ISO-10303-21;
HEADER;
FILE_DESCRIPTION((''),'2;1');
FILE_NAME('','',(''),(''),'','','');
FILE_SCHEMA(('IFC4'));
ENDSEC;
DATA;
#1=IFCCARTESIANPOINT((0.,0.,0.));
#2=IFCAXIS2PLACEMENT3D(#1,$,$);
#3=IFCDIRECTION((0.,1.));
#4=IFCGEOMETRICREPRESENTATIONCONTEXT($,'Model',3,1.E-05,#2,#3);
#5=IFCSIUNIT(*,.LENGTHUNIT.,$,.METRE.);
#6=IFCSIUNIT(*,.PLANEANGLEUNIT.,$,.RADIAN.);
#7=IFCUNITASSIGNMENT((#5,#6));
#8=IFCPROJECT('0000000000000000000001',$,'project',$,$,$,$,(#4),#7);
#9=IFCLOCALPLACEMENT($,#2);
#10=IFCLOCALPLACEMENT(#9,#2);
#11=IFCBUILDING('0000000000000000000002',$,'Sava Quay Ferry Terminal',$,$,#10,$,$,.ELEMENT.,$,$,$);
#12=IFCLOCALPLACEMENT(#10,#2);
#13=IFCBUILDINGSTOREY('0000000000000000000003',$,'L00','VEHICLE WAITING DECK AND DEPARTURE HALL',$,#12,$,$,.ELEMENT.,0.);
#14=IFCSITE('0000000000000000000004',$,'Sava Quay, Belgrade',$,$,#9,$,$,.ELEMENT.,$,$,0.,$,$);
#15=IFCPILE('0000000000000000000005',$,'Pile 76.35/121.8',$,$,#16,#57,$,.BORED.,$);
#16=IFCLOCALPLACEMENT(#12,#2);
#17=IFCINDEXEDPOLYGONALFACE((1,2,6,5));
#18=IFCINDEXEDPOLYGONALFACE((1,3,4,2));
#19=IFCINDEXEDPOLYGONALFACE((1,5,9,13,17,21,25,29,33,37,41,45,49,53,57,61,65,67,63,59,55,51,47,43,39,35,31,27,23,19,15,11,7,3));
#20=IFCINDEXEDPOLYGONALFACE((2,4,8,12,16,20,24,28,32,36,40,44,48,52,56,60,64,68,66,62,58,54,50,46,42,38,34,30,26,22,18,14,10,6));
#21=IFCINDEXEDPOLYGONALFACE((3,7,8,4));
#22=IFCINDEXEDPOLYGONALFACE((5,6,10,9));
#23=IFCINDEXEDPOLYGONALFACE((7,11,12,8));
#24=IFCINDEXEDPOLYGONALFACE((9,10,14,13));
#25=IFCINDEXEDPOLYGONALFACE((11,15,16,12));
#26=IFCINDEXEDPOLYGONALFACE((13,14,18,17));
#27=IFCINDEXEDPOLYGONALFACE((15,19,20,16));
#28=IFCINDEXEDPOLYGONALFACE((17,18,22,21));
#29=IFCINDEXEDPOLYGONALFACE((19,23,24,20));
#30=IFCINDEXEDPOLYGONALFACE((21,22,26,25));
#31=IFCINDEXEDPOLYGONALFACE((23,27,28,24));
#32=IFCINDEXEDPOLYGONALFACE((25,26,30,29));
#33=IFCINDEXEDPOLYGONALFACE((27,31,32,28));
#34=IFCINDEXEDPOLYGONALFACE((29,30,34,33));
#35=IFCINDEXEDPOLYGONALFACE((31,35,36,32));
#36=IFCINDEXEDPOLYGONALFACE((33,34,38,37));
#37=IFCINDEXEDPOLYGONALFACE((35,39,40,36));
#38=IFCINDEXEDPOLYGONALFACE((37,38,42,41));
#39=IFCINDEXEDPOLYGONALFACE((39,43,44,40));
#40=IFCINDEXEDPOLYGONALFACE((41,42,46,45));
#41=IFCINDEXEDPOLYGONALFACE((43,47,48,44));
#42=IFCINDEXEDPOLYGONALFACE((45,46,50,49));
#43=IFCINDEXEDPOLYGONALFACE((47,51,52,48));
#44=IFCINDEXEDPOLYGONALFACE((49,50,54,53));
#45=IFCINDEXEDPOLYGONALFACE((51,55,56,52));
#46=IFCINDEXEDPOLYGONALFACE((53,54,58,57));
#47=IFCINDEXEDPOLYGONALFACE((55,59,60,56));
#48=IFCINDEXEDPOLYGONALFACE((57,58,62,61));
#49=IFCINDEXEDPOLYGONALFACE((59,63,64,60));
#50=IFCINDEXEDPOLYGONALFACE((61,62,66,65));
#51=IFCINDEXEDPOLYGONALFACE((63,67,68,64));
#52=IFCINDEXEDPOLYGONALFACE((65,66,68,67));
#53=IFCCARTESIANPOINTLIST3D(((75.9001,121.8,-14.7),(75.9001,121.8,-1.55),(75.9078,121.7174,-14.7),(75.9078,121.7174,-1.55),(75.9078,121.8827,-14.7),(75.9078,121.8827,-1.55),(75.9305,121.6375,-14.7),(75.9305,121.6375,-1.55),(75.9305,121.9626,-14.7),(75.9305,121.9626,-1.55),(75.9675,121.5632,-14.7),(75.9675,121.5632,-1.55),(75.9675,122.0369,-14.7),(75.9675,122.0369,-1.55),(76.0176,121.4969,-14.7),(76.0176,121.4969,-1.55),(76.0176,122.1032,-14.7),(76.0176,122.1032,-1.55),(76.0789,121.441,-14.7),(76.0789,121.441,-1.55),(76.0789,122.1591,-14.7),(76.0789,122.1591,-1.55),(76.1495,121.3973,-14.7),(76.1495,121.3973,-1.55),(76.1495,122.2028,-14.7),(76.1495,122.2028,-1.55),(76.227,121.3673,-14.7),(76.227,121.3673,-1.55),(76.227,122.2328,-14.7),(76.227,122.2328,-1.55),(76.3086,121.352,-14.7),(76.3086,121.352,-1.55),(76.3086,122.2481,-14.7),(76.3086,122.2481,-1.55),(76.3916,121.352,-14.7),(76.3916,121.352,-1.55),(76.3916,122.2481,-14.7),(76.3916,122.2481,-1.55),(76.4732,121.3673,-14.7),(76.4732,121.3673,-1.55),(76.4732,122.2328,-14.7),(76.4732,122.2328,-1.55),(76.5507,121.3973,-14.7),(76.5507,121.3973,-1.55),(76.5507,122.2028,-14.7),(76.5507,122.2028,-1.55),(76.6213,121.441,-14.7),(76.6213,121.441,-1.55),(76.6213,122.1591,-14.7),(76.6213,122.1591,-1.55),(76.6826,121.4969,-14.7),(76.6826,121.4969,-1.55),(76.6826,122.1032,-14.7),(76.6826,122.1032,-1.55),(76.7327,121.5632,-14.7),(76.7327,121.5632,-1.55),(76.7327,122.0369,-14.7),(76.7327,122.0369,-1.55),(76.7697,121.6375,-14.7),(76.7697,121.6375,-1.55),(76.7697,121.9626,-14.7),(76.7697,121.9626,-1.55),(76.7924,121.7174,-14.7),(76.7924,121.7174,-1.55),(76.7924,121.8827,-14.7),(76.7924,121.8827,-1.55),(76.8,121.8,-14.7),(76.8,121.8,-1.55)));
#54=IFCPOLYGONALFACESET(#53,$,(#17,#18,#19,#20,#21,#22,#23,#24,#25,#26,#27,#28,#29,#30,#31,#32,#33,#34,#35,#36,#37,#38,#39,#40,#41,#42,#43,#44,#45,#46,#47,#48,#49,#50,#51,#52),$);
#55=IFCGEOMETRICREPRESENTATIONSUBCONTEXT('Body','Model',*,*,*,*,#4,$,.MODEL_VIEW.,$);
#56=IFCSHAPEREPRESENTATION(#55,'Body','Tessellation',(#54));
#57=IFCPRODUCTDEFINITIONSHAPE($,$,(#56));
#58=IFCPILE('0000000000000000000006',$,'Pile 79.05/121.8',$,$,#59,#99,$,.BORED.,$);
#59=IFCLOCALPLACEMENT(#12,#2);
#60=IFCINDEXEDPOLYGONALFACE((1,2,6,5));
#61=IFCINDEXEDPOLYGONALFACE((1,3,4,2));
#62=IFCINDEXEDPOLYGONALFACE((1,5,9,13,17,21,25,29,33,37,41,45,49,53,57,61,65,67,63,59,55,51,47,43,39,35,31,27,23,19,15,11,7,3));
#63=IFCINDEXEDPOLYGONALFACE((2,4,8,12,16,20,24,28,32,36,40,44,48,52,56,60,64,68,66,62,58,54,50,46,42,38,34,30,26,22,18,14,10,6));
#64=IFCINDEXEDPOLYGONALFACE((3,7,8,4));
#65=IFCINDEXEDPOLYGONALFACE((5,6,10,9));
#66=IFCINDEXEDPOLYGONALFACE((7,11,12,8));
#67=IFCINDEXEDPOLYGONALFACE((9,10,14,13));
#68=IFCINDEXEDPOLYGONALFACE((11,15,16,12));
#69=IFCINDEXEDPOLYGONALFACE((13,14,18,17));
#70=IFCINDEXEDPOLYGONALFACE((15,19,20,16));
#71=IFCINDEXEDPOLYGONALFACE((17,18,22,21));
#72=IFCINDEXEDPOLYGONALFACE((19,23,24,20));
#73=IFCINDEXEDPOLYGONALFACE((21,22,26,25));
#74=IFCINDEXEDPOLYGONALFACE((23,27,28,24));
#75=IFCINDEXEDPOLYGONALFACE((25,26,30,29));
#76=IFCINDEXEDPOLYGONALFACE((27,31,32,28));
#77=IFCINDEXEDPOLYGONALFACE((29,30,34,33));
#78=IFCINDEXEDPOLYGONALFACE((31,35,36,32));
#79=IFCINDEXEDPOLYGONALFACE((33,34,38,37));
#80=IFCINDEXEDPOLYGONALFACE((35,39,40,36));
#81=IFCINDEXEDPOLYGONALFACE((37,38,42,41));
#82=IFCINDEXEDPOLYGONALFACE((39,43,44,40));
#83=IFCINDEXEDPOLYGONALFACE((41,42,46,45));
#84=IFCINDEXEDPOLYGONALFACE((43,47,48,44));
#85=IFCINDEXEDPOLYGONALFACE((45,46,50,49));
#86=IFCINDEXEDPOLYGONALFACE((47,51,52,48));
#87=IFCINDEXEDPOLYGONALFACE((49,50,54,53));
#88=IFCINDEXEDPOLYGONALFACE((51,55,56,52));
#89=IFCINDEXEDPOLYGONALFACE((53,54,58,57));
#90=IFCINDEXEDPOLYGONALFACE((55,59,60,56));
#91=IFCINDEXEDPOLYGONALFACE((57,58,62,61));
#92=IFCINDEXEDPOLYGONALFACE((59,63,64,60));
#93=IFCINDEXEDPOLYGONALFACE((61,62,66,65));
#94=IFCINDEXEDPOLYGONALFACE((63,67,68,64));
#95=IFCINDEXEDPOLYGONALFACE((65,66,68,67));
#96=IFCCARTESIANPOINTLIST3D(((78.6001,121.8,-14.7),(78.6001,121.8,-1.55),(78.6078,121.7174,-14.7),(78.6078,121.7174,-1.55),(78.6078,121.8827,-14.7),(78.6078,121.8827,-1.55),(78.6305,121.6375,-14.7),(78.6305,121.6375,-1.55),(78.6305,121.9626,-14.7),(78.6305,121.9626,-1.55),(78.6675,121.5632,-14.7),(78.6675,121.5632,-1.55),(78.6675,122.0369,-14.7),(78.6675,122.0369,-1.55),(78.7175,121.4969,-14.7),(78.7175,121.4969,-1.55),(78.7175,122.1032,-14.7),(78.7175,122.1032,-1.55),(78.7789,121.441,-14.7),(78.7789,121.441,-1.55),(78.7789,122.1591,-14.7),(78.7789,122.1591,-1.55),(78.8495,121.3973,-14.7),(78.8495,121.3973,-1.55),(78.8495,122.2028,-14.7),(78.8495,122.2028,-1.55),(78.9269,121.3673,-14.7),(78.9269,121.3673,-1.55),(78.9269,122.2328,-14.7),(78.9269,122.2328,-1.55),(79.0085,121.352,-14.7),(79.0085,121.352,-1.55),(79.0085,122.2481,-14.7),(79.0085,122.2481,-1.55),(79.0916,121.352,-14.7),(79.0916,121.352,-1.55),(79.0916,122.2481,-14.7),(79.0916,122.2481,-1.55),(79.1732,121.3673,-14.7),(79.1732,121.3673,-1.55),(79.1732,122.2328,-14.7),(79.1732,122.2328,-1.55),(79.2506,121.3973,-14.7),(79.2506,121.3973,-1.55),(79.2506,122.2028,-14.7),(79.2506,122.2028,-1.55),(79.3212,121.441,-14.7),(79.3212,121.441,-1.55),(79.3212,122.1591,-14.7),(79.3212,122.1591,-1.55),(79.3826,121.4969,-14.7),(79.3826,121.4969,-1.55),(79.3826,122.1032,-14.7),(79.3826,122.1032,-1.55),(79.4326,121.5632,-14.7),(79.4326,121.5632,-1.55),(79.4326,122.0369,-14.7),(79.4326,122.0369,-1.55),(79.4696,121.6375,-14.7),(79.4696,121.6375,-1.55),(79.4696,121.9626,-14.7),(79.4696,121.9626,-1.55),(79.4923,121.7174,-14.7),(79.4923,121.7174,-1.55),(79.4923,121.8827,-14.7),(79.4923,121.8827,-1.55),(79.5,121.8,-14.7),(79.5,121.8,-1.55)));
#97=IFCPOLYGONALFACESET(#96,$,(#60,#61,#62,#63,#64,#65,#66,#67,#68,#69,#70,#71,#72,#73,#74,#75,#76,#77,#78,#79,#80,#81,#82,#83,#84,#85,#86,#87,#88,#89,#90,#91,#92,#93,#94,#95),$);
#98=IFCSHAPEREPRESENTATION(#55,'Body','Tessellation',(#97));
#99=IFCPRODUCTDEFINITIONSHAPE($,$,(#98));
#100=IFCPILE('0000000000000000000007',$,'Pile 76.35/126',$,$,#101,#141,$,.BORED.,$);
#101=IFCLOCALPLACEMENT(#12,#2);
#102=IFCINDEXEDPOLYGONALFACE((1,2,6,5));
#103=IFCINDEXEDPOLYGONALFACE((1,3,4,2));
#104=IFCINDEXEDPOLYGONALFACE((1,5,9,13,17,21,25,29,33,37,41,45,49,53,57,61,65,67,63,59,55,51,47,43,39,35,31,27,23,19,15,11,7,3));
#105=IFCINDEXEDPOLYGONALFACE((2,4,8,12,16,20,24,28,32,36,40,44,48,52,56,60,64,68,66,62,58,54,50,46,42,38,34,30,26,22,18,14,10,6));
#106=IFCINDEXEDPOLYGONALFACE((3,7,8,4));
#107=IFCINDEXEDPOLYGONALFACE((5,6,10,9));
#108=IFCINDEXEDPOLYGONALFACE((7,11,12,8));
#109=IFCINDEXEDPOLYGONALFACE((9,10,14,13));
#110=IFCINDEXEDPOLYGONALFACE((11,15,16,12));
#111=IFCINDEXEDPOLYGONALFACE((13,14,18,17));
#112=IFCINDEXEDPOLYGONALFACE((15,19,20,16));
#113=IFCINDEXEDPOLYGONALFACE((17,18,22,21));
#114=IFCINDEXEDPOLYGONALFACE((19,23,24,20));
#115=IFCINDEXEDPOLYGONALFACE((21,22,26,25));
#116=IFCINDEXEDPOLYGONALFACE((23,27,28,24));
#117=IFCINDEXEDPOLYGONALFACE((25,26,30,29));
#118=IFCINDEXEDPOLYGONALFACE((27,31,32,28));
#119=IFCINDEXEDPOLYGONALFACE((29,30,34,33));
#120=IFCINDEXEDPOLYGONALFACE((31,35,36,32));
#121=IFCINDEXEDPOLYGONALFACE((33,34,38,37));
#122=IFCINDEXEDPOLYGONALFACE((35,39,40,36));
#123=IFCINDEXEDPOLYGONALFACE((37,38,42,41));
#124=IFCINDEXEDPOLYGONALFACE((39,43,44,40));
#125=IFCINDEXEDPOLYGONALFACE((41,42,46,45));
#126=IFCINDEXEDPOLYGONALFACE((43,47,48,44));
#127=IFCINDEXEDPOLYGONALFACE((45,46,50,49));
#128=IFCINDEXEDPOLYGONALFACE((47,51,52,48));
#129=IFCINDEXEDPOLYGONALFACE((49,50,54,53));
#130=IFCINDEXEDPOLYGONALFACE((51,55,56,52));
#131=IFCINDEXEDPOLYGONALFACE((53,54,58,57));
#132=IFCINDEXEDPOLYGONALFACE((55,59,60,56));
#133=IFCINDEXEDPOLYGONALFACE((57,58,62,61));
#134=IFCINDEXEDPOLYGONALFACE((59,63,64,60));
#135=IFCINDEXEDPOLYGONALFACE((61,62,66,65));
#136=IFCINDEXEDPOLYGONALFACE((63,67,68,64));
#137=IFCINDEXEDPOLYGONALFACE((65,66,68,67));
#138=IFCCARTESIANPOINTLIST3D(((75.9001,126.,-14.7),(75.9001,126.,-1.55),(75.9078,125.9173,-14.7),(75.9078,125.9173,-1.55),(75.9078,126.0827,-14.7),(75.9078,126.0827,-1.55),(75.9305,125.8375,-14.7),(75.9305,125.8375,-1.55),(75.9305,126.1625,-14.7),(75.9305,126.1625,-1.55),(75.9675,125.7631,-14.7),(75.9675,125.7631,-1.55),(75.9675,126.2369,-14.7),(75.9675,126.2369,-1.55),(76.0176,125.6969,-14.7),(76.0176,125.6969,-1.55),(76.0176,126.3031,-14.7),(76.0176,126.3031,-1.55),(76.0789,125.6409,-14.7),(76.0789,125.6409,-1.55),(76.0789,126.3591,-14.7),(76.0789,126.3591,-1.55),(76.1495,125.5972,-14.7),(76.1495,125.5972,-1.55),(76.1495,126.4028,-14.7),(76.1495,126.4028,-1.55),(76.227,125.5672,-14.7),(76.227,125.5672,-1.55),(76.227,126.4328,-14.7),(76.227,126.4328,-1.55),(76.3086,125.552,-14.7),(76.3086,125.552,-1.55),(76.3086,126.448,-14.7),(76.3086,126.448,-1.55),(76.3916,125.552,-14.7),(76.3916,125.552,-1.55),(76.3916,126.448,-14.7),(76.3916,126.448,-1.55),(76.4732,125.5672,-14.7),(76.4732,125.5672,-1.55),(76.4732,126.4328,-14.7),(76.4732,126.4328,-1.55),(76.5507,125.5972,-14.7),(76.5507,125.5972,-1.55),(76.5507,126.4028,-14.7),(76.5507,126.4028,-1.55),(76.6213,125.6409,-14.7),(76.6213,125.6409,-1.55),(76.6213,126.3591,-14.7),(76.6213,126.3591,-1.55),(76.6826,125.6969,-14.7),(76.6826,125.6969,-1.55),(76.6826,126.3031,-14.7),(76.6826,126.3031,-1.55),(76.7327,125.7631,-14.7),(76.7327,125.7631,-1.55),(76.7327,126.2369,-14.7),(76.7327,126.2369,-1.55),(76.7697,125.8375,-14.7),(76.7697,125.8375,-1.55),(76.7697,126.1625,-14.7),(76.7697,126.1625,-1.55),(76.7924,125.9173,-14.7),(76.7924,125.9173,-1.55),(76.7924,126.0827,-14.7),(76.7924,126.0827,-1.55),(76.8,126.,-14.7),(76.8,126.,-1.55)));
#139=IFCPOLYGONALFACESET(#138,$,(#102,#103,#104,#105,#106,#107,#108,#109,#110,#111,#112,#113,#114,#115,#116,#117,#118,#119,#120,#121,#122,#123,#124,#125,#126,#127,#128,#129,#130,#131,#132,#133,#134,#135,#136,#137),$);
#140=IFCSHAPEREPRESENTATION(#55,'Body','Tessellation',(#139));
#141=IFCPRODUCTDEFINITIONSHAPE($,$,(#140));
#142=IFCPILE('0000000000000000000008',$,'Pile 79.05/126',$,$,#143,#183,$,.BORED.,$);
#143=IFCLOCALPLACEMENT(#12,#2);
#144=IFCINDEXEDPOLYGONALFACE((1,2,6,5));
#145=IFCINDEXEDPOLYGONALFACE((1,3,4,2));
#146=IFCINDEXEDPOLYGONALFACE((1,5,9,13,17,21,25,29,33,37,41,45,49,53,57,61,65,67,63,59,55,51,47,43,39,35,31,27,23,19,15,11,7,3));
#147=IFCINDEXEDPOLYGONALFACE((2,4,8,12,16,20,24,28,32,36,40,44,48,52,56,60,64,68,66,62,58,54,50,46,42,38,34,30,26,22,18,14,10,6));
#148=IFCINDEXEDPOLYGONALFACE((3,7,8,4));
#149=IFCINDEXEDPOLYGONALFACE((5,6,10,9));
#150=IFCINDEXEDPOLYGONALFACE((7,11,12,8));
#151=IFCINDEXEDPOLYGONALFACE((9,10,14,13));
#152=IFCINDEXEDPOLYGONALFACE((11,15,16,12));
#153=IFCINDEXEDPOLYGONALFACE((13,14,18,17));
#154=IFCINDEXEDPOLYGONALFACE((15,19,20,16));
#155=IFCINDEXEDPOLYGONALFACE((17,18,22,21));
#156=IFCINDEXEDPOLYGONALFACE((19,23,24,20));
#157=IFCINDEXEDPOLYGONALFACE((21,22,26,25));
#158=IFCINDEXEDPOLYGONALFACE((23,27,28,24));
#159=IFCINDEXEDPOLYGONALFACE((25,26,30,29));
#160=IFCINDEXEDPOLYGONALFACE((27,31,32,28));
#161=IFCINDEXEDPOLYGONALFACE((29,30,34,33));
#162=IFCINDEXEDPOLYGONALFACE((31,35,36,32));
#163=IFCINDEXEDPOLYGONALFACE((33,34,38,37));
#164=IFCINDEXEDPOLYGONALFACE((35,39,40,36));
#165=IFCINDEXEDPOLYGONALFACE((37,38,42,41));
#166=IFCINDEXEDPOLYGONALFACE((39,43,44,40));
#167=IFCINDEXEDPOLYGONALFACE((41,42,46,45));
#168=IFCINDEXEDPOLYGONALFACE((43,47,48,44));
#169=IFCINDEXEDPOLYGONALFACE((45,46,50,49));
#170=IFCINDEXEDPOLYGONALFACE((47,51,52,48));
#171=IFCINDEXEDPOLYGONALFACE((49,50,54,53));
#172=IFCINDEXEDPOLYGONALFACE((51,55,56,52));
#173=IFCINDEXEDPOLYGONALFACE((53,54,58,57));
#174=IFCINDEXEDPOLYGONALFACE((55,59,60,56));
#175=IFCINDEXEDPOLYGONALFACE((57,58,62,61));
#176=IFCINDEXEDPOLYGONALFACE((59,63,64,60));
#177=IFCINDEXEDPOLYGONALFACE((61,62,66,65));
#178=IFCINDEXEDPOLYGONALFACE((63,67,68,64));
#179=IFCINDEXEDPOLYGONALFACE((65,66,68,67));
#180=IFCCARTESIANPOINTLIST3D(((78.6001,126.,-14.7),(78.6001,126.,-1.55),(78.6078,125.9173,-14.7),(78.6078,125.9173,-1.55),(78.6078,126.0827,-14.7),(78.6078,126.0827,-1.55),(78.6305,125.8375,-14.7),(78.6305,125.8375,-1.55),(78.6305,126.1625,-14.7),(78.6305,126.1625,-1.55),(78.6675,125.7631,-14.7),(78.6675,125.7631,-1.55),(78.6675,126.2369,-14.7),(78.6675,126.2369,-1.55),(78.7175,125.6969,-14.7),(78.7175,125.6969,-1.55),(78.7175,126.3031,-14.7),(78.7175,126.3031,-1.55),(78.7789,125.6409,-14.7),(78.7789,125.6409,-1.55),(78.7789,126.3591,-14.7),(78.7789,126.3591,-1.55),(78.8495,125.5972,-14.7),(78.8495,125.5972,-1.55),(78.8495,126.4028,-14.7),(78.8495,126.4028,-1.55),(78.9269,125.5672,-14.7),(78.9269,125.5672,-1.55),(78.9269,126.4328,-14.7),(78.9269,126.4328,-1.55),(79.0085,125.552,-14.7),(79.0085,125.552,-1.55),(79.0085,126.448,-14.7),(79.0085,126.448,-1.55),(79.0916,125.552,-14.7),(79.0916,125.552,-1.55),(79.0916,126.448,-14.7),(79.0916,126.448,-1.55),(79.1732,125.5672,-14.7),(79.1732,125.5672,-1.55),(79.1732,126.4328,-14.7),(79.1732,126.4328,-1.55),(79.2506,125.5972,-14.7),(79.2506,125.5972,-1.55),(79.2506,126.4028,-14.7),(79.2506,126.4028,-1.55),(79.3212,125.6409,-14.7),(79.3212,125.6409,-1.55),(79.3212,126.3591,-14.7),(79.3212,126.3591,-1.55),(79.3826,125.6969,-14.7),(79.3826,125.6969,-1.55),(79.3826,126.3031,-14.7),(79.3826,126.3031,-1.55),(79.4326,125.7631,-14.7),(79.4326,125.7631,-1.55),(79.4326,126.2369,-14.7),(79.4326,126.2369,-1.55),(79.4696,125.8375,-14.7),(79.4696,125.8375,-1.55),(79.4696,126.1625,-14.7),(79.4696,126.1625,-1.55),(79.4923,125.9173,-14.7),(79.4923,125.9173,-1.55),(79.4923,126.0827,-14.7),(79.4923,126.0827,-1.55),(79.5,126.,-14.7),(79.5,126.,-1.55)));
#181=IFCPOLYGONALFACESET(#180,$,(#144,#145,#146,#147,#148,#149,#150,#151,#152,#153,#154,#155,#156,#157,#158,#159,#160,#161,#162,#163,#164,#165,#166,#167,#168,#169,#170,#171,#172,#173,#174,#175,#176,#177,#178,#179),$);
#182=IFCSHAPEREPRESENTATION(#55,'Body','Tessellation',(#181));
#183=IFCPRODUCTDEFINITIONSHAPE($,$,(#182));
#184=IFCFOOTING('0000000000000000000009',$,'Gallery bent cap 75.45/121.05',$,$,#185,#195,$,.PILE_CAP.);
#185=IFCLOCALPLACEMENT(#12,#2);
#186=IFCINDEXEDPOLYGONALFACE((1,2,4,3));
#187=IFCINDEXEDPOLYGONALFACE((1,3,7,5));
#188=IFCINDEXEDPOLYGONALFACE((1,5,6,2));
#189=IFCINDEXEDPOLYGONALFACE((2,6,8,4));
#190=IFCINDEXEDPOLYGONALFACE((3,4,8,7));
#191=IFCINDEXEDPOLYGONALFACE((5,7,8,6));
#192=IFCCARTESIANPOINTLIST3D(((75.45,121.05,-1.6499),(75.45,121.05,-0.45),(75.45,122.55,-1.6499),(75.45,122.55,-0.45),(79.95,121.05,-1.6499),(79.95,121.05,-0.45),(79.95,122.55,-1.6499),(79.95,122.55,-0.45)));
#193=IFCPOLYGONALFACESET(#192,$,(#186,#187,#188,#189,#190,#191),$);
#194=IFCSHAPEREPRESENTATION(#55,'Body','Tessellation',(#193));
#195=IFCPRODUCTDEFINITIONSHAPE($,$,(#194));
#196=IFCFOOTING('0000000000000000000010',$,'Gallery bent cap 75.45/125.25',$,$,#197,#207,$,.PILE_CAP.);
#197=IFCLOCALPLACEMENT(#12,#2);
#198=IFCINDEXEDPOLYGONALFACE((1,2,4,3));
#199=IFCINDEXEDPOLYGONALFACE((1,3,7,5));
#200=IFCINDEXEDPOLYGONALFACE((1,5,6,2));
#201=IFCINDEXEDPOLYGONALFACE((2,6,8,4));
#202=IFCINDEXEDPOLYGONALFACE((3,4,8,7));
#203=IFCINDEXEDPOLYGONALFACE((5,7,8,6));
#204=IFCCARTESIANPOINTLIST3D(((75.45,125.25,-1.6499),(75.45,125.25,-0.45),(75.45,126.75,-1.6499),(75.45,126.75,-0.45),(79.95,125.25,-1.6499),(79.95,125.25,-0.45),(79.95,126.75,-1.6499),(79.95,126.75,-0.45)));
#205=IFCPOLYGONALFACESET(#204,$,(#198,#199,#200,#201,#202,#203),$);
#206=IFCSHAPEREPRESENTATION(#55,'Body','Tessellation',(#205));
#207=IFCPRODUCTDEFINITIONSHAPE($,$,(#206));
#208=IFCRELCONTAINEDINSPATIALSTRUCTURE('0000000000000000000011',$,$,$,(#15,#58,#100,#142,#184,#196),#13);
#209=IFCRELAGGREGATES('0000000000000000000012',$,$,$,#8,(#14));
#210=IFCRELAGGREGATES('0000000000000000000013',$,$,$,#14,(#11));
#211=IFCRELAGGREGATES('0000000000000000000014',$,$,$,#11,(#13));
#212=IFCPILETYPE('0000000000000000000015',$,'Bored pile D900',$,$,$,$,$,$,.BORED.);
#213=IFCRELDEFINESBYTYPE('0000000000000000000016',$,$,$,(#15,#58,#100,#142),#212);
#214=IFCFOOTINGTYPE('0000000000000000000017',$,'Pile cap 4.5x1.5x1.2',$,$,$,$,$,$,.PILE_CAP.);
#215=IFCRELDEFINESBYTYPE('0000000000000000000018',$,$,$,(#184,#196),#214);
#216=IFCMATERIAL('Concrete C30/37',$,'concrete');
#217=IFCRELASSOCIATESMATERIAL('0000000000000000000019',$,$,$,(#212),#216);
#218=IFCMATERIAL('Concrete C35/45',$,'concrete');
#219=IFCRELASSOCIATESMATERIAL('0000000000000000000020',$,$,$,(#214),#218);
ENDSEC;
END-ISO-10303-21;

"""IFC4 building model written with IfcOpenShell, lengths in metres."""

from ifc_helpers import new_model, si_unit, direction, frame, origin, origin_2d, place, context, subcontext, project, spatial, rectangle, circle, extrude, material, material_profile, profile_set, type_object, element, save


model = new_model("IFC4")

# Units and contexts
model_context = context("Model", 3, precision=1e-05, world=origin(), true_north=direction((0.0, 1.0)))
body_context = subcontext(model_context, "Body", "Model", "MODEL_VIEW")
ifc_project = project(units=[si_unit("LENGTHUNIT", "METRE"), si_unit("PLANEANGLEUNIT", "RADIAN")], contexts=[model_context])

# Site, building, storey
site_placement = place(None, origin())
site = spatial("IfcSite", under=ifc_project, at=site_placement, Name="Sava Quay, Belgrade", CompositionType="ELEMENT", RefElevation=0.0)
building_placement = place(site_placement, origin())
building = spatial("IfcBuilding", under=site, at=building_placement, Name="Sava Quay Ferry Terminal", CompositionType="ELEMENT")
storey_placement = place(building_placement, origin())
storey = spatial("IfcBuildingStorey", under=building, at=storey_placement, Name="L00", Description="VEHICLE WAITING DECK AND DEPARTURE HALL", CompositionType="ELEMENT", Elevation=0.0)

# Piles
ifc_material_1 = material(Name="Concrete C30/37", Category="concrete")
ifc_material_profile_1 = material_profile(ifc_material_1, circle(Radius=0.45, at=origin_2d()), Name="Bored pile D900")
ifc_profile_set_1 = profile_set([ifc_material_profile_1], Name="Concrete C30/37")
pile_type = type_object("IfcPileType", Name="Bored pile D900", PredefinedType="BORED", material=ifc_profile_set_1)
for number, where, z_axis, x_axis, name in (
    (1, (76.3501, 121.8, -1.55), (0.0, 0.0, -1.0), (1.0, 0.0, 0.0), "Pile 76.35/121.8"),
    (2, (79.05, 121.8, -1.55), (0.0, 0.0, -1.0), (1.0, 0.0, 0.0), "Pile 79.05/121.8"),
    (3, (76.3501, 126.0, -1.55), (0.0, 0.0, -1.0), (1.0, 0.0, 0.0), "Pile 76.35/126"),
    (4, (79.05, 126.0, -1.55), (0.0, 0.0, -1.0), (1.0, 0.0, 0.0), "Pile 79.05/126"),
):
    element("IfcPile", number, at=place(storey_placement, frame(where, z_axis=z_axis, x_axis=x_axis)), inside=storey, type_object=pile_type, Name=name, PredefinedType="BORED", context=body_context, shape_type="SweptSolid", body=[
        extrude(circle(Radius=0.45, at=origin_2d()), origin(), (0.0, 0.0, 1.0), 13.1499),
    ])

# Footings
ifc_material_2 = material(Name="Concrete C35/45", Category="concrete")
footing_type = type_object("IfcFootingType", Name="Pile cap 4.5x1.5x1.2", PredefinedType="PILE_CAP", material=ifc_material_2)
for number, where, z_axis, x_axis, name in (
    (5, (77.7, 121.8, -1.6499), (0.0, 0.0, 1.0), (1.0, 0.0, 0.0), "Gallery bent cap 75.45/121.05"),
    (6, (77.7, 126.0, -1.6499), (0.0, 0.0, 1.0), (1.0, 0.0, 0.0), "Gallery bent cap 75.45/125.25"),
):
    element("IfcFooting", number, at=place(storey_placement, frame(where, z_axis=z_axis, x_axis=x_axis)), inside=storey, type_object=footing_type, Name=name, PredefinedType="PILE_CAP", context=body_context, shape_type="SweptSolid", body=[
        extrude(rectangle(XDim=4.5, YDim=1.5, at=origin_2d()), origin(), (0.0, 0.0, 1.0), 1.2),
    ])

save(model, "model.ifc")
